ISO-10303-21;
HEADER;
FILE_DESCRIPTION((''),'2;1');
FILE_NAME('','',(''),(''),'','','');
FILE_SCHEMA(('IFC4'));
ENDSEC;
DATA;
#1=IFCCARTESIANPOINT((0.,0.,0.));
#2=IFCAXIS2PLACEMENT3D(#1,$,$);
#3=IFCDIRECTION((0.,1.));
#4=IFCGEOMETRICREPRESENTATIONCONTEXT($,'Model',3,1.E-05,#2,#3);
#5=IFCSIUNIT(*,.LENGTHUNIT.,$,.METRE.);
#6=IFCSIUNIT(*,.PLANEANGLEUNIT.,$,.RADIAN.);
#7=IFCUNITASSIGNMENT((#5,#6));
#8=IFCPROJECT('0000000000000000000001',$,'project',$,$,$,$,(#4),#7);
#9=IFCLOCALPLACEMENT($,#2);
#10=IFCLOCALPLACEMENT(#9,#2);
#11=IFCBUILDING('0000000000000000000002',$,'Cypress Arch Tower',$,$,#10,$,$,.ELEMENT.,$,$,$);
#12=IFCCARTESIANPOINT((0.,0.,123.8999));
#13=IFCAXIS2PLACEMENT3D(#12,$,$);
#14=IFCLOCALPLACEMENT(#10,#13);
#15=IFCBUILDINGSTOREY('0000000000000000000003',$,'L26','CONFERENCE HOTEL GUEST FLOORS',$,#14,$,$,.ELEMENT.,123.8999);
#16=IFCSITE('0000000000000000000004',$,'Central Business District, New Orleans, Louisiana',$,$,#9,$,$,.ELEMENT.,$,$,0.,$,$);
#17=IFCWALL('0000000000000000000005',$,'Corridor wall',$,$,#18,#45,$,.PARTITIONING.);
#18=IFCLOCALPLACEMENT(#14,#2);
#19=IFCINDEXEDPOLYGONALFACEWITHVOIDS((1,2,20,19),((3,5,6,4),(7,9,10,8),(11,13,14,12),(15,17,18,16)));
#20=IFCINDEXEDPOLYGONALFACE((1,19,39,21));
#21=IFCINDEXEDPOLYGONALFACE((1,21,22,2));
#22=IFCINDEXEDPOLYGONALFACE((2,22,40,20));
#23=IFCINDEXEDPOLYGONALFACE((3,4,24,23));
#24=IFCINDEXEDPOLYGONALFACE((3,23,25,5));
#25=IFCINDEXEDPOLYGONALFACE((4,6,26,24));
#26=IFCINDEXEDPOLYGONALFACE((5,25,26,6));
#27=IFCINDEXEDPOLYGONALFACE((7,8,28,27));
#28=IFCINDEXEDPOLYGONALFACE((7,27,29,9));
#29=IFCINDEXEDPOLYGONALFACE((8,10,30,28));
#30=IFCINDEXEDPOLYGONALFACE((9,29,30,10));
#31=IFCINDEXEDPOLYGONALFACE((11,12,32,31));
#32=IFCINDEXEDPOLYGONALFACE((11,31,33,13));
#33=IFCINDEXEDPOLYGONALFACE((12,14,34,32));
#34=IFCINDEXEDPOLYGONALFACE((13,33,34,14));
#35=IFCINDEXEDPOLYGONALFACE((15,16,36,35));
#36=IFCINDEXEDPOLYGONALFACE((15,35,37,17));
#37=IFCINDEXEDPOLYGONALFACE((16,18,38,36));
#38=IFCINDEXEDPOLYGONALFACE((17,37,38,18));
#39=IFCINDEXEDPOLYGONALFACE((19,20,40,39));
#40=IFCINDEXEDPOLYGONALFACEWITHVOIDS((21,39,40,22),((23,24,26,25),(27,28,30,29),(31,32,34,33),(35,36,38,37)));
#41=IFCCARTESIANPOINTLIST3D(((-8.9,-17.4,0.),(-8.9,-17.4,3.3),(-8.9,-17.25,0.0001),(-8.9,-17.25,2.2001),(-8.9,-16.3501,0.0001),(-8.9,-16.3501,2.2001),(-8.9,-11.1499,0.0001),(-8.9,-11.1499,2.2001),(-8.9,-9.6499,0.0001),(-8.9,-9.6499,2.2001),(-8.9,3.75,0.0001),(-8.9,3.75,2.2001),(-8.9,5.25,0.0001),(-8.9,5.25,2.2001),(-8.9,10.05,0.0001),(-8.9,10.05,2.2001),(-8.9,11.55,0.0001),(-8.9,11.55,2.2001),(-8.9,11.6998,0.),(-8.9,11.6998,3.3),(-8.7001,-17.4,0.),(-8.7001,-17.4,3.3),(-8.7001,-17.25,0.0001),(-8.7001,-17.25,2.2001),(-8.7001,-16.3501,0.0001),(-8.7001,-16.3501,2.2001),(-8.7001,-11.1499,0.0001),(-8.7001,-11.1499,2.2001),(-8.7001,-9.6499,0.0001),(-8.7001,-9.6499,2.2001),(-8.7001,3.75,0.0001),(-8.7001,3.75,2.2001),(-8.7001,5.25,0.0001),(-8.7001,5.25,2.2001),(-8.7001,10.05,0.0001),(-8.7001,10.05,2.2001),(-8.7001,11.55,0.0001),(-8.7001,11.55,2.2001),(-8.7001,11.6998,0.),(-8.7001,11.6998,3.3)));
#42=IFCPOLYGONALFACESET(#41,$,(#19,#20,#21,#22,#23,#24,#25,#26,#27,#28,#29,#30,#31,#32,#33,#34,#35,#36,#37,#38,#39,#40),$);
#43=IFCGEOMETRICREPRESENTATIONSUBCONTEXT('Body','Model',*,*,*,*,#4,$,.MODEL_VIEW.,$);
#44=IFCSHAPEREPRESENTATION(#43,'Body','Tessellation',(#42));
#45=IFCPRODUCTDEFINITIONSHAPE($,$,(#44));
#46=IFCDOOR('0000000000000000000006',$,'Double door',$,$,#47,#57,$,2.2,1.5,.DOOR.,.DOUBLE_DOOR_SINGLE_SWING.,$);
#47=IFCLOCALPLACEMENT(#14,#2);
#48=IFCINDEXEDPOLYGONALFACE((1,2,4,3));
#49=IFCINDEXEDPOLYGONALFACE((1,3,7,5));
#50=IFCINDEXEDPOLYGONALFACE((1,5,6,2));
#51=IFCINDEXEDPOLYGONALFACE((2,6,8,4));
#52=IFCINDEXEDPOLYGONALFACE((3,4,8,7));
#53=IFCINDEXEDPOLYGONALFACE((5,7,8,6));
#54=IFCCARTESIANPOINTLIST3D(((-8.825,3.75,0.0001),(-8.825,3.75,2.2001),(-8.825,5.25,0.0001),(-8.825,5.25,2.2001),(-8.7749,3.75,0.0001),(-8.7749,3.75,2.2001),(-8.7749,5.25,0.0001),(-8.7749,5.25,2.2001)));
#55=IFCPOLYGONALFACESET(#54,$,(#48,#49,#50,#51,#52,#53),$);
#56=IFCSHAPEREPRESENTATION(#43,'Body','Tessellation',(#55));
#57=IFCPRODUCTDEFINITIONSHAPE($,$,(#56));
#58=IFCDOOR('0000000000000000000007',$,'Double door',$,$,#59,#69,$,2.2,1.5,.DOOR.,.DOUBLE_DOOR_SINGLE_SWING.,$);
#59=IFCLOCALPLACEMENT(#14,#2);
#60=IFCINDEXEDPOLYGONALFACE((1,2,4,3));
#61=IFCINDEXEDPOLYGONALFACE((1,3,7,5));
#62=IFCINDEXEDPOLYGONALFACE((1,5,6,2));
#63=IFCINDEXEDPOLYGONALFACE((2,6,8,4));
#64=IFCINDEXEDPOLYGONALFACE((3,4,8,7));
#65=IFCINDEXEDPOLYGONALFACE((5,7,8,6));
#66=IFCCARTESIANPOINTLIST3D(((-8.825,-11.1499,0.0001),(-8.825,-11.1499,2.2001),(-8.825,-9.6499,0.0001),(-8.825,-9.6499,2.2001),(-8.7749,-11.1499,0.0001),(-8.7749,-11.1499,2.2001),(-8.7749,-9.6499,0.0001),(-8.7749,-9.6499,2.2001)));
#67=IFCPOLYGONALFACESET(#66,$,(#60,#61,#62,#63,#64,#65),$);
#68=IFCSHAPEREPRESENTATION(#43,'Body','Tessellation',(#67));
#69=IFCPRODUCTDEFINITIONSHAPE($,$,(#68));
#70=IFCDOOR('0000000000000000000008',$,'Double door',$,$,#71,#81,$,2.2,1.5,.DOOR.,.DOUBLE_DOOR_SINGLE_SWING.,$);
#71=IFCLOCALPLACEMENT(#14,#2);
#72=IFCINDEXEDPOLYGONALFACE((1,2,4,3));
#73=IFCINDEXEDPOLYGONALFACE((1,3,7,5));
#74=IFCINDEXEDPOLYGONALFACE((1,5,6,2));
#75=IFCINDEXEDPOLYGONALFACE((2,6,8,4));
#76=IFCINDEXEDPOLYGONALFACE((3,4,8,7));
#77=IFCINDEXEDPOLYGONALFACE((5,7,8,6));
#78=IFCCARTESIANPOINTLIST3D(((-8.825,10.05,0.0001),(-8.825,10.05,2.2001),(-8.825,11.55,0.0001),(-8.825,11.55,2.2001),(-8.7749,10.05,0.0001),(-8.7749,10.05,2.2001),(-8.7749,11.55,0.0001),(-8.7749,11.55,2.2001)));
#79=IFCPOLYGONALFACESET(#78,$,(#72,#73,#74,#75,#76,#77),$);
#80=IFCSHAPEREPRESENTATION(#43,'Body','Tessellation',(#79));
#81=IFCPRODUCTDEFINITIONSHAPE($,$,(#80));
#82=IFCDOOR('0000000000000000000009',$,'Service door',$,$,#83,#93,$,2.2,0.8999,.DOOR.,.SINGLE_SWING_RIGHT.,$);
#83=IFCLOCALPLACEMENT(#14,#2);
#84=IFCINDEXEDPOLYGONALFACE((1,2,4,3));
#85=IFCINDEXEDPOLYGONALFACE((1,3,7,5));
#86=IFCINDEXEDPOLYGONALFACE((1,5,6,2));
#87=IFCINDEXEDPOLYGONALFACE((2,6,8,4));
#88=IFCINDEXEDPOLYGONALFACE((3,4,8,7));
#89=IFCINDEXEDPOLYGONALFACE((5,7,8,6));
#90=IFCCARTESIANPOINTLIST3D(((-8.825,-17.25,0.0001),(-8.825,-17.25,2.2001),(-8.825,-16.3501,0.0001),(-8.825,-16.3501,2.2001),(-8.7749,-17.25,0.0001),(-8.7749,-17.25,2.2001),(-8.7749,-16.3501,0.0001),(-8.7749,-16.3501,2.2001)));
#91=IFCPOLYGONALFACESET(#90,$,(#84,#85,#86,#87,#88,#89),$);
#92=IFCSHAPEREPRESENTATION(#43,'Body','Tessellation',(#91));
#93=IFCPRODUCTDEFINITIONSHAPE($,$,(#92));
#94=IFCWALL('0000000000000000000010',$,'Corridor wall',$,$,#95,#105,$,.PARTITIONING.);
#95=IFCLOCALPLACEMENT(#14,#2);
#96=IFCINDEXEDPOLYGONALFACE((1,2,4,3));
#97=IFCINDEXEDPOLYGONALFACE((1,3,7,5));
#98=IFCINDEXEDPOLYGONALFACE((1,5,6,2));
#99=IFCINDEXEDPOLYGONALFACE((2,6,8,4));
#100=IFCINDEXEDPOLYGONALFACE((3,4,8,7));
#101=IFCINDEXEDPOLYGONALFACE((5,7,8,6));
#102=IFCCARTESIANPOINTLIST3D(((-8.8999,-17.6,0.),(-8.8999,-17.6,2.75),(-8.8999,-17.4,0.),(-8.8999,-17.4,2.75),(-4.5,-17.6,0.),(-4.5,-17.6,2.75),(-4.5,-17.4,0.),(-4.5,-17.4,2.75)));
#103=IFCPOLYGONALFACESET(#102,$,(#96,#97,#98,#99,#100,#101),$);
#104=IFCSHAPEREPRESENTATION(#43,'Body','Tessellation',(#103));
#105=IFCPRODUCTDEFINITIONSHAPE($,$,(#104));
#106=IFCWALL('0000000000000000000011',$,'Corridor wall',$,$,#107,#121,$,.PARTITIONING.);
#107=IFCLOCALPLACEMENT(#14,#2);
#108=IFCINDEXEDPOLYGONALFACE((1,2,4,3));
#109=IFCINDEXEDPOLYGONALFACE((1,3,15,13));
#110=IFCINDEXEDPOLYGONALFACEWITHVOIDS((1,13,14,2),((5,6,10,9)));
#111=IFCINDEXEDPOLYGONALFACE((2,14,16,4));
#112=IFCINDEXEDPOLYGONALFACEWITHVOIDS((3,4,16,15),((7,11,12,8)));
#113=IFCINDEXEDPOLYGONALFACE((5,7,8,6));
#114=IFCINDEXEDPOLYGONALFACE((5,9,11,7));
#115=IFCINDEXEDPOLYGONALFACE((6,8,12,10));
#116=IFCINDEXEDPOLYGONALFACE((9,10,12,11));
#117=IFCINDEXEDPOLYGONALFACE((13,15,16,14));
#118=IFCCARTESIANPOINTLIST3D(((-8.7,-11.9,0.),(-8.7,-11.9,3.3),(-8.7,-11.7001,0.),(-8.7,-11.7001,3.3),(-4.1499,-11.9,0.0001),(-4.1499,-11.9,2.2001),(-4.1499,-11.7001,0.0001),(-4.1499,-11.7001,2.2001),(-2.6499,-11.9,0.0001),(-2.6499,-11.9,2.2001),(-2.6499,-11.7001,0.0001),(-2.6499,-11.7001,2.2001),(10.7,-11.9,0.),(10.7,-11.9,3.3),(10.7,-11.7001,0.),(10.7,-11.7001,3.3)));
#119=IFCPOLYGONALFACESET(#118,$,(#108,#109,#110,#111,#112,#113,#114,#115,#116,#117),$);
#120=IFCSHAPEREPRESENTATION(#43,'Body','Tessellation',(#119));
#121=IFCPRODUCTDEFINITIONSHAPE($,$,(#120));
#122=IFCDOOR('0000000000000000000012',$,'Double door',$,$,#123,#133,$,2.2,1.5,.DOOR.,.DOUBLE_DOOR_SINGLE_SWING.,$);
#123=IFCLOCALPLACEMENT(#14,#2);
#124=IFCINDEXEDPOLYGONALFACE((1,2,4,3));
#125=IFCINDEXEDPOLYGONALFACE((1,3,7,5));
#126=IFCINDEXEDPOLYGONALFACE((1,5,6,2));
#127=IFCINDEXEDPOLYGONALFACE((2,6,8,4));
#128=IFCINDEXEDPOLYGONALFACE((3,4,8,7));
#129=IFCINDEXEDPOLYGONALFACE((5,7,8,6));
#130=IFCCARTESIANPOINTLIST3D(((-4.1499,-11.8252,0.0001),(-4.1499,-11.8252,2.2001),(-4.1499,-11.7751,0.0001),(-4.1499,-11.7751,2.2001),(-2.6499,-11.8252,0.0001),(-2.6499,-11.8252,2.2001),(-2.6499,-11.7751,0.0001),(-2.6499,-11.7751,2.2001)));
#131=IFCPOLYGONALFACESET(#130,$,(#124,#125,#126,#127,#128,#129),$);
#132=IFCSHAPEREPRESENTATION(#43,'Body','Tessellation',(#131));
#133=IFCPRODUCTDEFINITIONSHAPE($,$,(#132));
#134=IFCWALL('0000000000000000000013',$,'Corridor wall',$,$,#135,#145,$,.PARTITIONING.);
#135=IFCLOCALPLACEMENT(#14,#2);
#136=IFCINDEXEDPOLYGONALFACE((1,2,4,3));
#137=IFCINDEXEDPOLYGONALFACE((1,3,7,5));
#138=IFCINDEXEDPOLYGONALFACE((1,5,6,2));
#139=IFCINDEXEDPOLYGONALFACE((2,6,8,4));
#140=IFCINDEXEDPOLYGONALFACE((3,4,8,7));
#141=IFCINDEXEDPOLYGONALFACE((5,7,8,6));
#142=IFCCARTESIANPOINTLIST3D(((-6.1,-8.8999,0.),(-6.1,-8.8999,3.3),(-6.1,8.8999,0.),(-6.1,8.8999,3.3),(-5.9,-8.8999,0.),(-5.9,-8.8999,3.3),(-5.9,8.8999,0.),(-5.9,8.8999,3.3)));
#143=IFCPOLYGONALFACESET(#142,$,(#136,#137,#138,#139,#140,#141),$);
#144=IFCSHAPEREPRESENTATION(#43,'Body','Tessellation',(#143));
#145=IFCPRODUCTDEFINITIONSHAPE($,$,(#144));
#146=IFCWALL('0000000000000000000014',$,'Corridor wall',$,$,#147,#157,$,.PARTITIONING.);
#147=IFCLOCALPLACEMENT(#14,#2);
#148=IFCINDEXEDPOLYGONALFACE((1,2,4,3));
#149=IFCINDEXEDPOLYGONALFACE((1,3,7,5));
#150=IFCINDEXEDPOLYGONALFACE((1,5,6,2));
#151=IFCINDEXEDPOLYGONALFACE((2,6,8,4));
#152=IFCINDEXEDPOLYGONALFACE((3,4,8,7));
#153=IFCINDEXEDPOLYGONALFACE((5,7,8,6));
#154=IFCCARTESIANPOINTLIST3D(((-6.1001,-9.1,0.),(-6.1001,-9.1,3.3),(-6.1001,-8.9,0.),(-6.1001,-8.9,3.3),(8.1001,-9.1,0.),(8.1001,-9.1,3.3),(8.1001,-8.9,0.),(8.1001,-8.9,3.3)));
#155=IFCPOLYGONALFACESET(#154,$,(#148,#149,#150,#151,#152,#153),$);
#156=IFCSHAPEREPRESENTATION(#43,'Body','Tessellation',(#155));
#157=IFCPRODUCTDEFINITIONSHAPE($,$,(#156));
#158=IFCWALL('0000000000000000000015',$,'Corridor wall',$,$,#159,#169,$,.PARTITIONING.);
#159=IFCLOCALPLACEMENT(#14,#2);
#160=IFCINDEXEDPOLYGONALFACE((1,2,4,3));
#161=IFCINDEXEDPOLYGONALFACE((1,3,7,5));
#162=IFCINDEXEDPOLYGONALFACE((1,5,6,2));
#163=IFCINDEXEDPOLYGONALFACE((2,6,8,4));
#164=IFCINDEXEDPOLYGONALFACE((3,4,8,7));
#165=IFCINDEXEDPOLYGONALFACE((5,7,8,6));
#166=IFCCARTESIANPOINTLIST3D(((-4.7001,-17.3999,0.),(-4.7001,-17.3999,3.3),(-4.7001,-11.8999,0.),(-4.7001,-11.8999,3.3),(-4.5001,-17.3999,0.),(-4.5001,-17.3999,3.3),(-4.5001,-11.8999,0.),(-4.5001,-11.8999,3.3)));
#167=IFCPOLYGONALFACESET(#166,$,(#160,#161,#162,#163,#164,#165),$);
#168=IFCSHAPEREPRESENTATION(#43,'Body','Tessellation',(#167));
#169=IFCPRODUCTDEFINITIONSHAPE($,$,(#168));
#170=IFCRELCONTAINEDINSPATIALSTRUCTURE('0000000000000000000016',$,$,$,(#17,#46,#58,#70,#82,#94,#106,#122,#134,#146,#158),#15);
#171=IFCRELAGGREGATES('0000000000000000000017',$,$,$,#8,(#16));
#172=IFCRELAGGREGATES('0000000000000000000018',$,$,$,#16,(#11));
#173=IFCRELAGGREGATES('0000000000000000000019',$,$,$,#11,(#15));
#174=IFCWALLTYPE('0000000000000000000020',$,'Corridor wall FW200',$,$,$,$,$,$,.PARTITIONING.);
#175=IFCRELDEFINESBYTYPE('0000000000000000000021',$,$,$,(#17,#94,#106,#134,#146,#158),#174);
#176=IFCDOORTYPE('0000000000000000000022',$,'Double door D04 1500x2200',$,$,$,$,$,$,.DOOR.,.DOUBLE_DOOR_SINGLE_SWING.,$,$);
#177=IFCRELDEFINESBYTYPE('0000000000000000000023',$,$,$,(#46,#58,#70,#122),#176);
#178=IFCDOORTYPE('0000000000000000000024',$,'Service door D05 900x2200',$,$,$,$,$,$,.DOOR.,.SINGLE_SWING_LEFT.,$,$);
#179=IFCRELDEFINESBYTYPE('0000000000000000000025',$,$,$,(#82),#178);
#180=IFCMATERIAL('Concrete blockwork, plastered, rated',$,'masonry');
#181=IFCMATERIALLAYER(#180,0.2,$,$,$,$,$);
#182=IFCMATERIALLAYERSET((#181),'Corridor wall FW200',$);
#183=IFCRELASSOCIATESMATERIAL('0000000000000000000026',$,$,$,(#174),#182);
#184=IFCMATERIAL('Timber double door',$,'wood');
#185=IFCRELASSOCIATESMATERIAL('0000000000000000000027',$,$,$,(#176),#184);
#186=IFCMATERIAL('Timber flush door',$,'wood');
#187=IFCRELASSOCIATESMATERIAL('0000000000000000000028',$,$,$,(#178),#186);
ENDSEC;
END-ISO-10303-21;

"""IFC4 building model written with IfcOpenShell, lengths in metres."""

from ifc_helpers import new_model, si_unit, direction, frame, frame_2d, origin, place, context, subcontext, project, spatial, rectangle, extrude, material, layer, layer_set, type_object, element, fill, save


model = new_model("IFC4")

# Units and contexts
model_context = context("Model", 3, precision=1e-05, world=origin(), true_north=direction((0.0, 1.0)))
body_context = subcontext(model_context, "Body", "Model", "MODEL_VIEW")
ifc_project = project(units=[si_unit("LENGTHUNIT", "METRE"), si_unit("PLANEANGLEUNIT", "RADIAN")], contexts=[model_context])

# Site, building, storey
site_placement = place(None, origin())
site = spatial("IfcSite", under=ifc_project, at=site_placement, Name="Central Business District, New Orleans, Louisiana", CompositionType="ELEMENT", RefElevation=0.0)
building_placement = place(site_placement, origin())
building = spatial("IfcBuilding", under=site, at=building_placement, Name="Cypress Arch Tower", CompositionType="ELEMENT")
storey_placement = place(building_placement, frame((0.0, 0.0, 123.8999)))
storey = spatial("IfcBuildingStorey", under=building, at=storey_placement, Name="L26", Description="CONFERENCE HOTEL GUEST FLOORS", CompositionType="ELEMENT", Elevation=123.8999)

# Wall, openings, doors
ifc_material_1 = material(Name="Concrete blockwork, plastered, rated", Category="masonry")
ifc_layer = layer(ifc_material_1, 0.2)
ifc_layer_set = layer_set([ifc_layer], Name="Corridor wall FW200")
wall_type = type_object("IfcWallType", Name="Corridor wall FW200", PredefinedType="PARTITIONING", material=ifc_layer_set)
wall_1_placement = place(storey_placement, frame((-8.8, -17.3999, 0.0), z_axis=(0.0, 0.0, 1.0), x_axis=(0.0, 1.0, 0.0)))
wall_1 = element("IfcWall", 1, at=wall_1_placement, inside=storey, type_object=wall_type, Name="Corridor wall", PredefinedType="PARTITIONING", context=body_context, shape_type="SweptSolid", body=[
    extrude(rectangle(XDim=29.0999, YDim=0.2, at=frame_2d((14.5498, 0.0))), origin(), (0.0, 0.0, 1.0), 3.3),
])
opening_1_placement = place(wall_1_placement, frame((21.1499, 0.0, 0.0)))
opening_1 = element("IfcOpeningElement", 2, at=opening_1_placement, cuts=wall_1, PredefinedType="OPENING", context=body_context, shape_type="SweptSolid", body=[
    extrude(rectangle(XDim=1.5, YDim=2.2, at=frame_2d((0.75, 1.1001))), frame((0.0, 0.1099, 0.0), z_axis=(0.0, -1.0, 0.0), x_axis=(1.0, 0.0, 0.0)), (0.0, 0.0, 1.0), 0.22),
])
opening_2_placement = place(wall_1_placement, frame((6.25, 0.0, 0.0)))
opening_2 = element("IfcOpeningElement", 3, at=opening_2_placement, cuts=wall_1, PredefinedType="OPENING", context=body_context, shape_type="SweptSolid", body=[
    extrude(rectangle(XDim=1.5, YDim=2.2, at=frame_2d((0.75, 1.1001))), frame((0.0, 0.1099, 0.0), z_axis=(0.0, -1.0, 0.0), x_axis=(1.0, 0.0, 0.0)), (0.0, 0.0, 1.0), 0.22),
])
opening_3_placement = place(wall_1_placement, frame((27.45, 0.0, 0.0)))
opening_3 = element("IfcOpeningElement", 4, at=opening_3_placement, cuts=wall_1, PredefinedType="OPENING", context=body_context, shape_type="SweptSolid", body=[
    extrude(rectangle(XDim=1.5, YDim=2.2, at=frame_2d((0.75, 1.1001))), frame((0.0, 0.1099, 0.0), z_axis=(0.0, -1.0, 0.0), x_axis=(1.0, 0.0, 0.0)), (0.0, 0.0, 1.0), 0.22),
])
opening_4_placement = place(wall_1_placement, frame((0.1499, 0.0, 0.0)))
opening_4 = element("IfcOpeningElement", 5, at=opening_4_placement, cuts=wall_1, PredefinedType="OPENING", context=body_context, shape_type="SweptSolid", body=[
    extrude(rectangle(XDim=0.8999, YDim=2.2, at=frame_2d((0.45, 1.1001))), frame((0.0, 0.1099, 0.0), z_axis=(0.0, -1.0, 0.0), x_axis=(1.0, 0.0, 0.0)), (0.0, 0.0, 1.0), 0.22),
])
ifc_material_2 = material(Name="Timber double door", Category="wood")
door_type_1 = type_object("IfcDoorType", Name="Double door D04 1500x2200", OperationType="DOUBLE_DOOR_SINGLE_SWING", PredefinedType="DOOR", material=ifc_material_2)
door_1_placement = place(opening_1_placement, origin())
door_1 = element("IfcDoor", 6, at=door_1_placement, inside=storey, type_object=door_type_1, Name="Double door", OperationType="DOUBLE_DOOR_SINGLE_SWING", OverallHeight=2.2, OverallWidth=1.5, PredefinedType="DOOR", context=body_context, shape_type="SweptSolid", body=[
    extrude(rectangle(XDim=1.5, YDim=2.2, at=frame_2d((0.75, 1.1001))), frame((0.0, 0.0249, 0.0), z_axis=(0.0, -1.0, 0.0), x_axis=(1.0, 0.0, 0.0)), (0.0, 0.0, 1.0), 0.05),
])
fill(opening_1, door_1)
door_2_placement = place(opening_2_placement, origin())
door_2 = element("IfcDoor", 7, at=door_2_placement, inside=storey, type_object=door_type_1, Name="Double door", OperationType="DOUBLE_DOOR_SINGLE_SWING", OverallHeight=2.2, OverallWidth=1.5, PredefinedType="DOOR", context=body_context, shape_type="SweptSolid", body=[
    extrude(rectangle(XDim=1.5, YDim=2.2, at=frame_2d((0.75, 1.1001))), frame((0.0, 0.0249, 0.0), z_axis=(0.0, -1.0, 0.0), x_axis=(1.0, 0.0, 0.0)), (0.0, 0.0, 1.0), 0.05),
])
fill(opening_2, door_2)
door_3_placement = place(opening_3_placement, origin())
door_3 = element("IfcDoor", 8, at=door_3_placement, inside=storey, type_object=door_type_1, Name="Double door", OperationType="DOUBLE_DOOR_SINGLE_SWING", OverallHeight=2.2, OverallWidth=1.5, PredefinedType="DOOR", context=body_context, shape_type="SweptSolid", body=[
    extrude(rectangle(XDim=1.5, YDim=2.2, at=frame_2d((0.75, 1.1001))), frame((0.0, 0.0249, 0.0), z_axis=(0.0, -1.0, 0.0), x_axis=(1.0, 0.0, 0.0)), (0.0, 0.0, 1.0), 0.05),
])
fill(opening_3, door_3)
ifc_material_3 = material(Name="Timber flush door", Category="wood")
door_type_2 = type_object("IfcDoorType", Name="Service door D05 900x2200", OperationType="SINGLE_SWING_LEFT", PredefinedType="DOOR", material=ifc_material_3)
door_4_placement = place(opening_4_placement, origin())
door_4 = element("IfcDoor", 9, at=door_4_placement, inside=storey, type_object=door_type_2, Name="Service door", OperationType="SINGLE_SWING_RIGHT", OverallHeight=2.2, OverallWidth=0.8999, PredefinedType="DOOR", context=body_context, shape_type="SweptSolid", body=[
    extrude(rectangle(XDim=0.8999, YDim=2.2, at=frame_2d((0.45, 1.1001))), frame((0.0, 0.0249, 0.0), z_axis=(0.0, -1.0, 0.0), x_axis=(1.0, 0.0, 0.0)), (0.0, 0.0, 1.0), 0.05),
])
fill(opening_4, door_4)

# Wall
wall_2_placement = place(storey_placement, frame((-8.8999, -17.5, 0.0), z_axis=(0.0, 0.0, 1.0), x_axis=(1.0, 0.0, 0.0)))
element("IfcWall", 10, at=wall_2_placement, inside=storey, type_object=wall_type, Name="Corridor wall", PredefinedType="PARTITIONING", context=body_context, shape_type="SweptSolid", body=[
    extrude(rectangle(XDim=4.3999, YDim=0.2, at=frame_2d((2.2, 0.0))), origin(), (0.0, 0.0, 1.0), 2.75),
])

# Wall, opening, door
wall_3_placement = place(storey_placement, frame((-8.7, -11.8, 0.0), z_axis=(0.0, 0.0, 1.0), x_axis=(1.0, 0.0, 0.0)))
wall_3 = element("IfcWall", 11, at=wall_3_placement, inside=storey, type_object=wall_type, Name="Corridor wall", PredefinedType="PARTITIONING", context=body_context, shape_type="SweptSolid", body=[
    extrude(rectangle(XDim=19.3999, YDim=0.2, at=frame_2d((9.7, 0.0))), origin(), (0.0, 0.0, 1.0), 3.3),
])
opening_5_placement = place(wall_3_placement, frame((4.55, 0.0, 0.0)))
opening_5 = element("IfcOpeningElement", 12, at=opening_5_placement, cuts=wall_3, PredefinedType="OPENING", context=body_context, shape_type="SweptSolid", body=[
    extrude(rectangle(XDim=1.5, YDim=2.2, at=frame_2d((0.75, 1.1001))), frame((0.0, 0.1099, 0.0), z_axis=(0.0, -1.0, 0.0), x_axis=(1.0, 0.0, 0.0)), (0.0, 0.0, 1.0), 0.22),
])
door_5_placement = place(opening_5_placement, origin())
door_5 = element("IfcDoor", 13, at=door_5_placement, inside=storey, type_object=door_type_1, Name="Double door", OperationType="DOUBLE_DOOR_SINGLE_SWING", OverallHeight=2.2, OverallWidth=1.5, PredefinedType="DOOR", context=body_context, shape_type="SweptSolid", body=[
    extrude(rectangle(XDim=1.5, YDim=2.2, at=frame_2d((0.75, 1.1001))), frame((0.0, 0.0249, 0.0), z_axis=(0.0, -1.0, 0.0), x_axis=(1.0, 0.0, 0.0)), (0.0, 0.0, 1.0), 0.05),
])
fill(opening_5, door_5)

# Walls
wall_4_placement = place(storey_placement, frame((-6.0, -8.8999, 0.0), z_axis=(0.0, 0.0, 1.0), x_axis=(0.0, 1.0, 0.0)))
element("IfcWall", 14, at=wall_4_placement, inside=storey, type_object=wall_type, Name="Corridor wall", PredefinedType="PARTITIONING", context=body_context, shape_type="SweptSolid", body=[
    extrude(rectangle(XDim=17.7998, YDim=0.2, at=frame_2d((8.8999, 0.0))), origin(), (0.0, 0.0, 1.0), 3.3),
])
wall_5_placement = place(storey_placement, frame((-6.1001, -9.0, 0.0), z_axis=(0.0, 0.0, 1.0), x_axis=(1.0, 0.0, 0.0)))
element("IfcWall", 15, at=wall_5_placement, inside=storey, type_object=wall_type, Name="Corridor wall", PredefinedType="PARTITIONING", context=body_context, shape_type="SweptSolid", body=[
    extrude(rectangle(XDim=14.2002, YDim=0.2, at=frame_2d((7.1001, 0.0))), origin(), (0.0, 0.0, 1.0), 3.3),
])
wall_6_placement = place(storey_placement, frame((-4.6001, -17.3999, 0.0), z_axis=(0.0, 0.0, 1.0), x_axis=(0.0, 1.0, 0.0)))
element("IfcWall", 16, at=wall_6_placement, inside=storey, type_object=wall_type, Name="Corridor wall", PredefinedType="PARTITIONING", context=body_context, shape_type="SweptSolid", body=[
    extrude(rectangle(XDim=5.5, YDim=0.2, at=frame_2d((2.75, 0.0))), origin(), (0.0, 0.0, 1.0), 3.3),
])

save(model, "model.ifc")
